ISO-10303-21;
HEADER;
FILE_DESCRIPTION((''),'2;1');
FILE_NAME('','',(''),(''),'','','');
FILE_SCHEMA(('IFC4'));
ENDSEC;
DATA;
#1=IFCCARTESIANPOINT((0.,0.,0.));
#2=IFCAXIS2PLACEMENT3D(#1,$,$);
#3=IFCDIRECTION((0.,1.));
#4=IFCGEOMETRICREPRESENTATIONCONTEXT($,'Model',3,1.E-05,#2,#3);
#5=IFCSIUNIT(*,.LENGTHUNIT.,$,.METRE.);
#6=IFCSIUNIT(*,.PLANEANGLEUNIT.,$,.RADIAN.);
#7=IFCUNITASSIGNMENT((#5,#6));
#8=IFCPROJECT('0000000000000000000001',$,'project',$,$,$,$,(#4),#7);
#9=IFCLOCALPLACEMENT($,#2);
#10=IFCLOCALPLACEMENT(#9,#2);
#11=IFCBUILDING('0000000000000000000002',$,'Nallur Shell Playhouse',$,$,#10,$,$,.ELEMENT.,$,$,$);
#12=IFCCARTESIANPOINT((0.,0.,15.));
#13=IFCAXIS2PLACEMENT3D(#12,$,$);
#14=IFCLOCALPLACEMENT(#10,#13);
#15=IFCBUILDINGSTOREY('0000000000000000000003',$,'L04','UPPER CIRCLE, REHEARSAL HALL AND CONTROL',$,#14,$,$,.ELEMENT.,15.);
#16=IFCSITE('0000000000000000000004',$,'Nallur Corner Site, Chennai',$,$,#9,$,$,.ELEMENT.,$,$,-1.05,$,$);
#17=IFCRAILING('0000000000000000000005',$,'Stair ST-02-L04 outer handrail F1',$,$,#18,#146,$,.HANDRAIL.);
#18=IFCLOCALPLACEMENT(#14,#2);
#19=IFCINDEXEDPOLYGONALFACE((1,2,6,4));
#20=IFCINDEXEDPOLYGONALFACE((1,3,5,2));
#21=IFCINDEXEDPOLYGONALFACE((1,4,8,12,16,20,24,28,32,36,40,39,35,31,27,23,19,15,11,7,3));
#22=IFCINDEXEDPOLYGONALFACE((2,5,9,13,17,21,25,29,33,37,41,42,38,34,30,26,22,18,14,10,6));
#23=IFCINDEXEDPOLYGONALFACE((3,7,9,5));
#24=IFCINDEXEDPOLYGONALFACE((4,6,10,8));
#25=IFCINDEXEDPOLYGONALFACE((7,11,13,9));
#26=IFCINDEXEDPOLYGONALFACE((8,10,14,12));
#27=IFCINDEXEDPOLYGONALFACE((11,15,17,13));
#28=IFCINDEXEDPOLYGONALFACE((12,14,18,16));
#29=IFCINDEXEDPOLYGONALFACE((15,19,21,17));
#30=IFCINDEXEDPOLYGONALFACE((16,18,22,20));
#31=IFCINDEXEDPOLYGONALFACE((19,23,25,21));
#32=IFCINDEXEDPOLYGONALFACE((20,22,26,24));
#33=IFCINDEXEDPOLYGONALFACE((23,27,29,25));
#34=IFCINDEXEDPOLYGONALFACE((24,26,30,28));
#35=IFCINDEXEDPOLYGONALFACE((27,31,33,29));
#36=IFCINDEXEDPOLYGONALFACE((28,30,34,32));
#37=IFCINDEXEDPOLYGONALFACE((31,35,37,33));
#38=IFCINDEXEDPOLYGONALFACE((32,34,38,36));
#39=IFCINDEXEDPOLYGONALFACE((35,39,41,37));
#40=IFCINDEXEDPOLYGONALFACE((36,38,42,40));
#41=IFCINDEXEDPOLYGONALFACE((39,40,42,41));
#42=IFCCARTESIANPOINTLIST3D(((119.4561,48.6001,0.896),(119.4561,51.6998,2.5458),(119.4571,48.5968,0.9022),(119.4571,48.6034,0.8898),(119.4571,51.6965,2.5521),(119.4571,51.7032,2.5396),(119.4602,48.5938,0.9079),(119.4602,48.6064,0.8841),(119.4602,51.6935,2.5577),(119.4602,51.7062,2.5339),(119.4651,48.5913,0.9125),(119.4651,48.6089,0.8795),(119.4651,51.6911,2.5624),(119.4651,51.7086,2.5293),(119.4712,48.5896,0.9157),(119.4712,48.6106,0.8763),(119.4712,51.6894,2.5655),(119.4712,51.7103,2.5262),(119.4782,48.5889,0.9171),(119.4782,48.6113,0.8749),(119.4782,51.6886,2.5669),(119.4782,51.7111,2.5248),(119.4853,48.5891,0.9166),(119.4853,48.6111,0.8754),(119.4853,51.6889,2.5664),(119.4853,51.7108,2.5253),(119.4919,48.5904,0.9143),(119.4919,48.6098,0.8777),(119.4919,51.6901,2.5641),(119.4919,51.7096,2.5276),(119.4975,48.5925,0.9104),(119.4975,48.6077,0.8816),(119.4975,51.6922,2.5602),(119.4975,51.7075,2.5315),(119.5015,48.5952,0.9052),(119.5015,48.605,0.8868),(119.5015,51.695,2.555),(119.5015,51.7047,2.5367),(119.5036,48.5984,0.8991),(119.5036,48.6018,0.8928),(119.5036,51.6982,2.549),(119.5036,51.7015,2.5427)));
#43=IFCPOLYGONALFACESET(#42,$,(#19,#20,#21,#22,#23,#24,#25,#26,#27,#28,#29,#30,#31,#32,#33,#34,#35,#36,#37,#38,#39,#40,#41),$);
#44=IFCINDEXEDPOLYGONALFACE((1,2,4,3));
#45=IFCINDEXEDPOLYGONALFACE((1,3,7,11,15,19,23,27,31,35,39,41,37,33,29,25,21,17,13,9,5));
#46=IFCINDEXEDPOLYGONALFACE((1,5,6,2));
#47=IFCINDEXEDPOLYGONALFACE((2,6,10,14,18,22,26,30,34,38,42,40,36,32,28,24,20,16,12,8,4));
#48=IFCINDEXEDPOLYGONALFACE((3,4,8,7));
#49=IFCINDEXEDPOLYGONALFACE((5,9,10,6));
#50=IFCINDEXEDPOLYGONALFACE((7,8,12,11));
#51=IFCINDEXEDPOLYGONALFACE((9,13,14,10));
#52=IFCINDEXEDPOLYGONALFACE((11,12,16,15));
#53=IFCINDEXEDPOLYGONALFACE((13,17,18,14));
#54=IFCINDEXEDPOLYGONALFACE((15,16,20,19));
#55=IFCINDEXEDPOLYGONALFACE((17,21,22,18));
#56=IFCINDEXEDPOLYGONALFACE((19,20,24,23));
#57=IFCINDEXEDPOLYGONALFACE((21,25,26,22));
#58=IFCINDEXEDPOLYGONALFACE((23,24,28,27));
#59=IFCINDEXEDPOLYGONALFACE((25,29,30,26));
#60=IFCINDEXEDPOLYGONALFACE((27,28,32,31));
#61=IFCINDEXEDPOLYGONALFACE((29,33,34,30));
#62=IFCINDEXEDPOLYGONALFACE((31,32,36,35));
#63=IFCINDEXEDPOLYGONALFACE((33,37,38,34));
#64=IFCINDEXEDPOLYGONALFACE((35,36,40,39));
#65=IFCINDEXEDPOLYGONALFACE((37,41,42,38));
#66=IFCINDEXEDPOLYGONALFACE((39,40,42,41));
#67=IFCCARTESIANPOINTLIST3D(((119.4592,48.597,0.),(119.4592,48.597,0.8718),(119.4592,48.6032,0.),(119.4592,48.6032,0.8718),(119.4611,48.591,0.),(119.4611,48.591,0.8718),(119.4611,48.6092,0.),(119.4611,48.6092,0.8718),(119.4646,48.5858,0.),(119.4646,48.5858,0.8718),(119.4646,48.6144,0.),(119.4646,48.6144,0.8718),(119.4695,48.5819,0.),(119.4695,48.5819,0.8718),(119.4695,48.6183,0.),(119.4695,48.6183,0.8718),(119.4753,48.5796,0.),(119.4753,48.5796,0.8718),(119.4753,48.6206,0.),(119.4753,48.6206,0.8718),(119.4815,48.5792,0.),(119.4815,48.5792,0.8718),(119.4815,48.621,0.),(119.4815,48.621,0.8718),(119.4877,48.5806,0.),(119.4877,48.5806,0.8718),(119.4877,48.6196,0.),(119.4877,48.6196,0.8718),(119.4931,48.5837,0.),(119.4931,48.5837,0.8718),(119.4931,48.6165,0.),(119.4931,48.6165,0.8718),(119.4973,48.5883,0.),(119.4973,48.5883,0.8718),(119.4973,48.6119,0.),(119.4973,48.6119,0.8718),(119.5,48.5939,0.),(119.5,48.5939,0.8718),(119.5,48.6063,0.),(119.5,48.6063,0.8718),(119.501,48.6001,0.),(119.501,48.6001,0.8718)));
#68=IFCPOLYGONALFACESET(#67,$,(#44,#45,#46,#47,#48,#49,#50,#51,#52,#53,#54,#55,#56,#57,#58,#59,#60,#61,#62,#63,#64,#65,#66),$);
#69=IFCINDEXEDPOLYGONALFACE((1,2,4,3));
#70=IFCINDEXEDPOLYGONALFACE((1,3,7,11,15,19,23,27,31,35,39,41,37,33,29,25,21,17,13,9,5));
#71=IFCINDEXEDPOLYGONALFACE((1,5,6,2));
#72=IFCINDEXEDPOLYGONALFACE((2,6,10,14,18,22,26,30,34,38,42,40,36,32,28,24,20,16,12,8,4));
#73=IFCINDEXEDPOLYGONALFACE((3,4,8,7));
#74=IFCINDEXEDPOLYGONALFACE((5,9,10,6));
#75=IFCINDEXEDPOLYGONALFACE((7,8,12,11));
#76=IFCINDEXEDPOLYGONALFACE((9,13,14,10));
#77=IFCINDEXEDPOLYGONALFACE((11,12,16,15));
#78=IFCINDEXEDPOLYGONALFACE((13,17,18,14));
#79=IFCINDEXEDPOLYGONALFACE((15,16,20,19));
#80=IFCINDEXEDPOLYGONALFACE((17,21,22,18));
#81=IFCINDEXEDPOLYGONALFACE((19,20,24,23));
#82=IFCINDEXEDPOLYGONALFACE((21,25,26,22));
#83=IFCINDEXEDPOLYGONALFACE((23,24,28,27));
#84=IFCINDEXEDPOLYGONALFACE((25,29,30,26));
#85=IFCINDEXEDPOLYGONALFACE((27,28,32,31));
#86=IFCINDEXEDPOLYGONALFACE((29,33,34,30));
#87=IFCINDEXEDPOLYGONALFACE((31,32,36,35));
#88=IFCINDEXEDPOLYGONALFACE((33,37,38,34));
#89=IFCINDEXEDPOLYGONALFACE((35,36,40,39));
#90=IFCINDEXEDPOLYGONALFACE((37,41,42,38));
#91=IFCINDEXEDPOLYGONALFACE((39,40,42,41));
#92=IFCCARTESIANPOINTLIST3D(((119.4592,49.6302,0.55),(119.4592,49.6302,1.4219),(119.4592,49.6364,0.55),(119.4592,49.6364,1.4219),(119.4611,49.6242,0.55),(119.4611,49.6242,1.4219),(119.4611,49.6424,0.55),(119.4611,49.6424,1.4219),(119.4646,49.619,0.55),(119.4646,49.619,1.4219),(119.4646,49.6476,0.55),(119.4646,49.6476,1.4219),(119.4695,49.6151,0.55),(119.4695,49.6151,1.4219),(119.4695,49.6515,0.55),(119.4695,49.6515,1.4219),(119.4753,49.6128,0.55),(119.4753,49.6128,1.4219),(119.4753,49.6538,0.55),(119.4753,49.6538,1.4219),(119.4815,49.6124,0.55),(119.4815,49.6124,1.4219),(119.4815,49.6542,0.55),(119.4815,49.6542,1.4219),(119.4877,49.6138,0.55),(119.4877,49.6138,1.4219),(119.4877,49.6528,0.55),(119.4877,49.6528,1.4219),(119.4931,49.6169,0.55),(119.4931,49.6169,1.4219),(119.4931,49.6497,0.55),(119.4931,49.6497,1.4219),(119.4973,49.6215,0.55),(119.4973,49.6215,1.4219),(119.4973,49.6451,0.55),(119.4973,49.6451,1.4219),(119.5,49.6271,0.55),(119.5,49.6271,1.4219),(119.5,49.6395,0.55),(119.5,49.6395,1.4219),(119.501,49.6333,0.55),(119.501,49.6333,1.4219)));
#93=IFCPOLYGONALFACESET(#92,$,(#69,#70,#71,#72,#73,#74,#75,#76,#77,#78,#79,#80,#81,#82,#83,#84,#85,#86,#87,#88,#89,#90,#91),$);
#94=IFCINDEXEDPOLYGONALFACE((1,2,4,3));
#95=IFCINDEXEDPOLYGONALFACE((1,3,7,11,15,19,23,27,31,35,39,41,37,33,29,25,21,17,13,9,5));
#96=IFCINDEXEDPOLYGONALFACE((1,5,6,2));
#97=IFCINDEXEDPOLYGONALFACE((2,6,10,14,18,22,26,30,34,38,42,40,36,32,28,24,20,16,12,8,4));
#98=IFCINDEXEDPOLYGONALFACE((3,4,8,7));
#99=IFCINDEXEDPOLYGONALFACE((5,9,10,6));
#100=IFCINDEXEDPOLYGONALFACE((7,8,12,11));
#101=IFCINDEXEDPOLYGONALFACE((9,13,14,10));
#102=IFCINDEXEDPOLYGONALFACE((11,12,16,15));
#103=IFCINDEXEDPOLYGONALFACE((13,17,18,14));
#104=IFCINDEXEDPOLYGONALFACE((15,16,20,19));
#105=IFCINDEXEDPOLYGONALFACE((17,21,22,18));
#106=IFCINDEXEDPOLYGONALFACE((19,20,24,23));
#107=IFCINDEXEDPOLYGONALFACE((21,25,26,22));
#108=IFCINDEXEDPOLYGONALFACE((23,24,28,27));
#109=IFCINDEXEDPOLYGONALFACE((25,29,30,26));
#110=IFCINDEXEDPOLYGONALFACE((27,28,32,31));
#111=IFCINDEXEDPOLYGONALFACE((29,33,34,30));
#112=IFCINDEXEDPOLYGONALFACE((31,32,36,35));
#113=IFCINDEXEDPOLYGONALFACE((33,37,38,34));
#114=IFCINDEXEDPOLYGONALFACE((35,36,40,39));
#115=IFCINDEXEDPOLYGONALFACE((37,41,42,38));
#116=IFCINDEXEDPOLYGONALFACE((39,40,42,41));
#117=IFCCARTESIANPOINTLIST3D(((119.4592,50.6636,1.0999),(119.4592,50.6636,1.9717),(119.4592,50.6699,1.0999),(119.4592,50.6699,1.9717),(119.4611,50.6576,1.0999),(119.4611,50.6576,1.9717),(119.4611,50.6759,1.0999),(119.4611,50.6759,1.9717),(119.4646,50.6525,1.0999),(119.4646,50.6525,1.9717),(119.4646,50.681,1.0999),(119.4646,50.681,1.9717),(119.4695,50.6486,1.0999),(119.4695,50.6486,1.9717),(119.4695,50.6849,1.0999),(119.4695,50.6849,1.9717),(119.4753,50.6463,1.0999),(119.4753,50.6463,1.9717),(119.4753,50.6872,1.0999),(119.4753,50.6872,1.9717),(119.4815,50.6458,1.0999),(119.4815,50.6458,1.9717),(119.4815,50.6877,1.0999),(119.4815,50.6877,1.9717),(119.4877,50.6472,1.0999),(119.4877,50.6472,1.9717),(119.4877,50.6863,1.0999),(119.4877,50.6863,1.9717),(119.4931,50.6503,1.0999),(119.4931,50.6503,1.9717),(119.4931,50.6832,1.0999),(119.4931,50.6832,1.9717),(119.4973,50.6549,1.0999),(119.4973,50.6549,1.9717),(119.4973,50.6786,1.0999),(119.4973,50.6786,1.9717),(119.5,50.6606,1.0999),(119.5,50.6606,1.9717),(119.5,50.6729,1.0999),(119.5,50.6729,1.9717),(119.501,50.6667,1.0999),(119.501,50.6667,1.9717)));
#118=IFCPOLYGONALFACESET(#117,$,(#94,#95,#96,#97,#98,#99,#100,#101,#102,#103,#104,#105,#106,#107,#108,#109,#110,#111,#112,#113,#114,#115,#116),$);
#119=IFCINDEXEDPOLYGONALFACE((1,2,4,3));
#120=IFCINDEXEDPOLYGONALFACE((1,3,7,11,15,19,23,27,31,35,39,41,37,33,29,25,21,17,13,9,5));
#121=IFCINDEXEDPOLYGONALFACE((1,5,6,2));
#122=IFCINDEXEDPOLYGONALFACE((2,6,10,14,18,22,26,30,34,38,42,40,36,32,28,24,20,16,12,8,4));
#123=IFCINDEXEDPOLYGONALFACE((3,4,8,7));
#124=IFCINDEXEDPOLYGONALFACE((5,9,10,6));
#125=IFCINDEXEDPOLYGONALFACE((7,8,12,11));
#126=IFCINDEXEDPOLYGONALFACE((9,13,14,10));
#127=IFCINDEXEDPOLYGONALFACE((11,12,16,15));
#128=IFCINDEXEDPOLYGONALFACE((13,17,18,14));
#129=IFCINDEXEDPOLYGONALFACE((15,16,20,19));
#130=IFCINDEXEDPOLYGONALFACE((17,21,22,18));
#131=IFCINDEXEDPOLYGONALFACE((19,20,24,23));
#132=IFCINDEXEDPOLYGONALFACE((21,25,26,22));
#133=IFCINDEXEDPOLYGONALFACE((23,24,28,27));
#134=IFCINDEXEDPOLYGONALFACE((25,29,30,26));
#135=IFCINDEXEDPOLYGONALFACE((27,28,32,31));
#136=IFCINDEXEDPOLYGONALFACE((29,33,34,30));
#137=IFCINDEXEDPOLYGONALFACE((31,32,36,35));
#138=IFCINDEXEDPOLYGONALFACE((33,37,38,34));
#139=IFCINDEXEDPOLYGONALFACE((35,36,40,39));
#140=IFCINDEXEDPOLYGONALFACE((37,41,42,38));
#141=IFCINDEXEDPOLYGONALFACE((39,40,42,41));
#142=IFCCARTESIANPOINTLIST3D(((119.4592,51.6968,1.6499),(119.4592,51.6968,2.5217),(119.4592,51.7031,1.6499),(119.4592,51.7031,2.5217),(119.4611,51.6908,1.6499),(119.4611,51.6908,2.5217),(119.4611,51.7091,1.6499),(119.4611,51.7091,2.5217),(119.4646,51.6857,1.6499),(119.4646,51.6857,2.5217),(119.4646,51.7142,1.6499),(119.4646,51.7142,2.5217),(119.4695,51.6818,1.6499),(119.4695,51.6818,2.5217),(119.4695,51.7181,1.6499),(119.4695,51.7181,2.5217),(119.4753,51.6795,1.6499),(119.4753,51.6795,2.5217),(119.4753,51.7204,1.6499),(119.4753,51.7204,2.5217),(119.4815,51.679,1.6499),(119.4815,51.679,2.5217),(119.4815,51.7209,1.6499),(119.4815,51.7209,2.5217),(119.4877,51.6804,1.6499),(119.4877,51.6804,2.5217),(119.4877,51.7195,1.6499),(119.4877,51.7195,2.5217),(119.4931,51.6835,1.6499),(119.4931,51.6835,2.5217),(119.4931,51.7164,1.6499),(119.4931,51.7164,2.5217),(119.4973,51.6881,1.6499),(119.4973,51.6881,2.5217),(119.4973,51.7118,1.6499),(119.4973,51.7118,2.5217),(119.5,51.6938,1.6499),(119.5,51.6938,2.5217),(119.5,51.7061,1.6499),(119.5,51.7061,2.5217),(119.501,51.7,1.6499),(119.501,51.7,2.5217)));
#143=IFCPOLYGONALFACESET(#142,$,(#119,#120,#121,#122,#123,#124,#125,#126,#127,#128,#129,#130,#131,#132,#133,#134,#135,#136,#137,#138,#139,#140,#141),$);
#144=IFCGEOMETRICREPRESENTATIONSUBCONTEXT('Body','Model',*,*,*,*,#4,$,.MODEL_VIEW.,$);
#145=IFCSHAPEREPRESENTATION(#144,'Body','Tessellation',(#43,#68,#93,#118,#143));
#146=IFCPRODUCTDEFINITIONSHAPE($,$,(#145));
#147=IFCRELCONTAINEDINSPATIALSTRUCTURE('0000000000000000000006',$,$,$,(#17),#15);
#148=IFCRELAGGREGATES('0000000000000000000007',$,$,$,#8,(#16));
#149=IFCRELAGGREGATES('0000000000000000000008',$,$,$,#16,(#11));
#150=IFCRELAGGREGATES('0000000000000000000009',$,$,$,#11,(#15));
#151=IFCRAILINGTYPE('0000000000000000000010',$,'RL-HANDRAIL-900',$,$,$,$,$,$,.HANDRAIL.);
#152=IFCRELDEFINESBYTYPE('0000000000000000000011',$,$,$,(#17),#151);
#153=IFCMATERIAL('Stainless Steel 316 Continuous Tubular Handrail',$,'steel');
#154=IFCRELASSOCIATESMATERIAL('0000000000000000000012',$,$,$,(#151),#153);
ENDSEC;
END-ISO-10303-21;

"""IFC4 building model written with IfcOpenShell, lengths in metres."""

from ifc_helpers import new_model, si_unit, direction, frame, origin, origin_2d, place, context, subcontext, project, spatial, circle, extrude, material, type_object, element, save


model = new_model("IFC4")

# Units and contexts
model_context = context("Model", 3, precision=1e-05, world=origin(), true_north=direction((0.0, 1.0)))
body_context = subcontext(model_context, "Body", "Model", "MODEL_VIEW")
ifc_project = project(units=[si_unit("LENGTHUNIT", "METRE"), si_unit("PLANEANGLEUNIT", "RADIAN")], contexts=[model_context])

# Site, building, storey
site_placement = place(None, origin())
site = spatial("IfcSite", under=ifc_project, at=site_placement, Name="Nallur Corner Site, Chennai", CompositionType="ELEMENT", RefElevation=-1.05)
building_placement = place(site_placement, origin())
building = spatial("IfcBuilding", under=site, at=building_placement, Name="Nallur Shell Playhouse", CompositionType="ELEMENT")
storey_placement = place(building_placement, frame((0.0, 0.0, 15.0)))
storey = spatial("IfcBuildingStorey", under=building, at=storey_placement, Name="L04", Description="UPPER CIRCLE, REHEARSAL HALL AND CONTROL", CompositionType="ELEMENT", Elevation=15.0)

# Railing
ifc_material_1 = material(Name="Stainless Steel 316 Continuous Tubular Handrail", Category="steel")
railing_type_1 = type_object("IfcRailingType", Name="RL-HANDRAIL-900", PredefinedType="HANDRAIL", material=ifc_material_1)
railing_1_placement = place(storey_placement, frame((119.48, 48.6001, 0.0)))
element("IfcRailing", 1, at=railing_1_placement, inside=storey, type_object=railing_type_1, Name="Stair ST-02-L04 outer handrail F1", PredefinedType="HANDRAIL", context=body_context, shape_type="SweptSolid", body=[
    extrude(circle(Radius=0.0239, at=origin_2d()), frame((0.0, 0.0, 0.896), z_axis=(0.0, 0.882749, 0.469845), x_axis=(-1.0, 0.0, 0.0)), (0.0, 0.0, 1.0), 3.5115),
    extrude(circle(Radius=0.021, at=origin_2d()), origin(), (0.0, 0.0, 1.0), 0.8718),
    extrude(circle(Radius=0.021, at=origin_2d()), frame((0.0, 1.0332, 0.55)), (0.0, 0.0, 1.0), 0.8718),
    extrude(circle(Radius=0.021, at=origin_2d()), frame((0.0, 2.0667, 1.0999)), (0.0, 0.0, 1.0), 0.8718),
    extrude(circle(Radius=0.021, at=origin_2d()), frame((0.0, 3.0999, 1.6499)), (0.0, 0.0, 1.0), 0.8718),
])

save(model, "model.ifc")
